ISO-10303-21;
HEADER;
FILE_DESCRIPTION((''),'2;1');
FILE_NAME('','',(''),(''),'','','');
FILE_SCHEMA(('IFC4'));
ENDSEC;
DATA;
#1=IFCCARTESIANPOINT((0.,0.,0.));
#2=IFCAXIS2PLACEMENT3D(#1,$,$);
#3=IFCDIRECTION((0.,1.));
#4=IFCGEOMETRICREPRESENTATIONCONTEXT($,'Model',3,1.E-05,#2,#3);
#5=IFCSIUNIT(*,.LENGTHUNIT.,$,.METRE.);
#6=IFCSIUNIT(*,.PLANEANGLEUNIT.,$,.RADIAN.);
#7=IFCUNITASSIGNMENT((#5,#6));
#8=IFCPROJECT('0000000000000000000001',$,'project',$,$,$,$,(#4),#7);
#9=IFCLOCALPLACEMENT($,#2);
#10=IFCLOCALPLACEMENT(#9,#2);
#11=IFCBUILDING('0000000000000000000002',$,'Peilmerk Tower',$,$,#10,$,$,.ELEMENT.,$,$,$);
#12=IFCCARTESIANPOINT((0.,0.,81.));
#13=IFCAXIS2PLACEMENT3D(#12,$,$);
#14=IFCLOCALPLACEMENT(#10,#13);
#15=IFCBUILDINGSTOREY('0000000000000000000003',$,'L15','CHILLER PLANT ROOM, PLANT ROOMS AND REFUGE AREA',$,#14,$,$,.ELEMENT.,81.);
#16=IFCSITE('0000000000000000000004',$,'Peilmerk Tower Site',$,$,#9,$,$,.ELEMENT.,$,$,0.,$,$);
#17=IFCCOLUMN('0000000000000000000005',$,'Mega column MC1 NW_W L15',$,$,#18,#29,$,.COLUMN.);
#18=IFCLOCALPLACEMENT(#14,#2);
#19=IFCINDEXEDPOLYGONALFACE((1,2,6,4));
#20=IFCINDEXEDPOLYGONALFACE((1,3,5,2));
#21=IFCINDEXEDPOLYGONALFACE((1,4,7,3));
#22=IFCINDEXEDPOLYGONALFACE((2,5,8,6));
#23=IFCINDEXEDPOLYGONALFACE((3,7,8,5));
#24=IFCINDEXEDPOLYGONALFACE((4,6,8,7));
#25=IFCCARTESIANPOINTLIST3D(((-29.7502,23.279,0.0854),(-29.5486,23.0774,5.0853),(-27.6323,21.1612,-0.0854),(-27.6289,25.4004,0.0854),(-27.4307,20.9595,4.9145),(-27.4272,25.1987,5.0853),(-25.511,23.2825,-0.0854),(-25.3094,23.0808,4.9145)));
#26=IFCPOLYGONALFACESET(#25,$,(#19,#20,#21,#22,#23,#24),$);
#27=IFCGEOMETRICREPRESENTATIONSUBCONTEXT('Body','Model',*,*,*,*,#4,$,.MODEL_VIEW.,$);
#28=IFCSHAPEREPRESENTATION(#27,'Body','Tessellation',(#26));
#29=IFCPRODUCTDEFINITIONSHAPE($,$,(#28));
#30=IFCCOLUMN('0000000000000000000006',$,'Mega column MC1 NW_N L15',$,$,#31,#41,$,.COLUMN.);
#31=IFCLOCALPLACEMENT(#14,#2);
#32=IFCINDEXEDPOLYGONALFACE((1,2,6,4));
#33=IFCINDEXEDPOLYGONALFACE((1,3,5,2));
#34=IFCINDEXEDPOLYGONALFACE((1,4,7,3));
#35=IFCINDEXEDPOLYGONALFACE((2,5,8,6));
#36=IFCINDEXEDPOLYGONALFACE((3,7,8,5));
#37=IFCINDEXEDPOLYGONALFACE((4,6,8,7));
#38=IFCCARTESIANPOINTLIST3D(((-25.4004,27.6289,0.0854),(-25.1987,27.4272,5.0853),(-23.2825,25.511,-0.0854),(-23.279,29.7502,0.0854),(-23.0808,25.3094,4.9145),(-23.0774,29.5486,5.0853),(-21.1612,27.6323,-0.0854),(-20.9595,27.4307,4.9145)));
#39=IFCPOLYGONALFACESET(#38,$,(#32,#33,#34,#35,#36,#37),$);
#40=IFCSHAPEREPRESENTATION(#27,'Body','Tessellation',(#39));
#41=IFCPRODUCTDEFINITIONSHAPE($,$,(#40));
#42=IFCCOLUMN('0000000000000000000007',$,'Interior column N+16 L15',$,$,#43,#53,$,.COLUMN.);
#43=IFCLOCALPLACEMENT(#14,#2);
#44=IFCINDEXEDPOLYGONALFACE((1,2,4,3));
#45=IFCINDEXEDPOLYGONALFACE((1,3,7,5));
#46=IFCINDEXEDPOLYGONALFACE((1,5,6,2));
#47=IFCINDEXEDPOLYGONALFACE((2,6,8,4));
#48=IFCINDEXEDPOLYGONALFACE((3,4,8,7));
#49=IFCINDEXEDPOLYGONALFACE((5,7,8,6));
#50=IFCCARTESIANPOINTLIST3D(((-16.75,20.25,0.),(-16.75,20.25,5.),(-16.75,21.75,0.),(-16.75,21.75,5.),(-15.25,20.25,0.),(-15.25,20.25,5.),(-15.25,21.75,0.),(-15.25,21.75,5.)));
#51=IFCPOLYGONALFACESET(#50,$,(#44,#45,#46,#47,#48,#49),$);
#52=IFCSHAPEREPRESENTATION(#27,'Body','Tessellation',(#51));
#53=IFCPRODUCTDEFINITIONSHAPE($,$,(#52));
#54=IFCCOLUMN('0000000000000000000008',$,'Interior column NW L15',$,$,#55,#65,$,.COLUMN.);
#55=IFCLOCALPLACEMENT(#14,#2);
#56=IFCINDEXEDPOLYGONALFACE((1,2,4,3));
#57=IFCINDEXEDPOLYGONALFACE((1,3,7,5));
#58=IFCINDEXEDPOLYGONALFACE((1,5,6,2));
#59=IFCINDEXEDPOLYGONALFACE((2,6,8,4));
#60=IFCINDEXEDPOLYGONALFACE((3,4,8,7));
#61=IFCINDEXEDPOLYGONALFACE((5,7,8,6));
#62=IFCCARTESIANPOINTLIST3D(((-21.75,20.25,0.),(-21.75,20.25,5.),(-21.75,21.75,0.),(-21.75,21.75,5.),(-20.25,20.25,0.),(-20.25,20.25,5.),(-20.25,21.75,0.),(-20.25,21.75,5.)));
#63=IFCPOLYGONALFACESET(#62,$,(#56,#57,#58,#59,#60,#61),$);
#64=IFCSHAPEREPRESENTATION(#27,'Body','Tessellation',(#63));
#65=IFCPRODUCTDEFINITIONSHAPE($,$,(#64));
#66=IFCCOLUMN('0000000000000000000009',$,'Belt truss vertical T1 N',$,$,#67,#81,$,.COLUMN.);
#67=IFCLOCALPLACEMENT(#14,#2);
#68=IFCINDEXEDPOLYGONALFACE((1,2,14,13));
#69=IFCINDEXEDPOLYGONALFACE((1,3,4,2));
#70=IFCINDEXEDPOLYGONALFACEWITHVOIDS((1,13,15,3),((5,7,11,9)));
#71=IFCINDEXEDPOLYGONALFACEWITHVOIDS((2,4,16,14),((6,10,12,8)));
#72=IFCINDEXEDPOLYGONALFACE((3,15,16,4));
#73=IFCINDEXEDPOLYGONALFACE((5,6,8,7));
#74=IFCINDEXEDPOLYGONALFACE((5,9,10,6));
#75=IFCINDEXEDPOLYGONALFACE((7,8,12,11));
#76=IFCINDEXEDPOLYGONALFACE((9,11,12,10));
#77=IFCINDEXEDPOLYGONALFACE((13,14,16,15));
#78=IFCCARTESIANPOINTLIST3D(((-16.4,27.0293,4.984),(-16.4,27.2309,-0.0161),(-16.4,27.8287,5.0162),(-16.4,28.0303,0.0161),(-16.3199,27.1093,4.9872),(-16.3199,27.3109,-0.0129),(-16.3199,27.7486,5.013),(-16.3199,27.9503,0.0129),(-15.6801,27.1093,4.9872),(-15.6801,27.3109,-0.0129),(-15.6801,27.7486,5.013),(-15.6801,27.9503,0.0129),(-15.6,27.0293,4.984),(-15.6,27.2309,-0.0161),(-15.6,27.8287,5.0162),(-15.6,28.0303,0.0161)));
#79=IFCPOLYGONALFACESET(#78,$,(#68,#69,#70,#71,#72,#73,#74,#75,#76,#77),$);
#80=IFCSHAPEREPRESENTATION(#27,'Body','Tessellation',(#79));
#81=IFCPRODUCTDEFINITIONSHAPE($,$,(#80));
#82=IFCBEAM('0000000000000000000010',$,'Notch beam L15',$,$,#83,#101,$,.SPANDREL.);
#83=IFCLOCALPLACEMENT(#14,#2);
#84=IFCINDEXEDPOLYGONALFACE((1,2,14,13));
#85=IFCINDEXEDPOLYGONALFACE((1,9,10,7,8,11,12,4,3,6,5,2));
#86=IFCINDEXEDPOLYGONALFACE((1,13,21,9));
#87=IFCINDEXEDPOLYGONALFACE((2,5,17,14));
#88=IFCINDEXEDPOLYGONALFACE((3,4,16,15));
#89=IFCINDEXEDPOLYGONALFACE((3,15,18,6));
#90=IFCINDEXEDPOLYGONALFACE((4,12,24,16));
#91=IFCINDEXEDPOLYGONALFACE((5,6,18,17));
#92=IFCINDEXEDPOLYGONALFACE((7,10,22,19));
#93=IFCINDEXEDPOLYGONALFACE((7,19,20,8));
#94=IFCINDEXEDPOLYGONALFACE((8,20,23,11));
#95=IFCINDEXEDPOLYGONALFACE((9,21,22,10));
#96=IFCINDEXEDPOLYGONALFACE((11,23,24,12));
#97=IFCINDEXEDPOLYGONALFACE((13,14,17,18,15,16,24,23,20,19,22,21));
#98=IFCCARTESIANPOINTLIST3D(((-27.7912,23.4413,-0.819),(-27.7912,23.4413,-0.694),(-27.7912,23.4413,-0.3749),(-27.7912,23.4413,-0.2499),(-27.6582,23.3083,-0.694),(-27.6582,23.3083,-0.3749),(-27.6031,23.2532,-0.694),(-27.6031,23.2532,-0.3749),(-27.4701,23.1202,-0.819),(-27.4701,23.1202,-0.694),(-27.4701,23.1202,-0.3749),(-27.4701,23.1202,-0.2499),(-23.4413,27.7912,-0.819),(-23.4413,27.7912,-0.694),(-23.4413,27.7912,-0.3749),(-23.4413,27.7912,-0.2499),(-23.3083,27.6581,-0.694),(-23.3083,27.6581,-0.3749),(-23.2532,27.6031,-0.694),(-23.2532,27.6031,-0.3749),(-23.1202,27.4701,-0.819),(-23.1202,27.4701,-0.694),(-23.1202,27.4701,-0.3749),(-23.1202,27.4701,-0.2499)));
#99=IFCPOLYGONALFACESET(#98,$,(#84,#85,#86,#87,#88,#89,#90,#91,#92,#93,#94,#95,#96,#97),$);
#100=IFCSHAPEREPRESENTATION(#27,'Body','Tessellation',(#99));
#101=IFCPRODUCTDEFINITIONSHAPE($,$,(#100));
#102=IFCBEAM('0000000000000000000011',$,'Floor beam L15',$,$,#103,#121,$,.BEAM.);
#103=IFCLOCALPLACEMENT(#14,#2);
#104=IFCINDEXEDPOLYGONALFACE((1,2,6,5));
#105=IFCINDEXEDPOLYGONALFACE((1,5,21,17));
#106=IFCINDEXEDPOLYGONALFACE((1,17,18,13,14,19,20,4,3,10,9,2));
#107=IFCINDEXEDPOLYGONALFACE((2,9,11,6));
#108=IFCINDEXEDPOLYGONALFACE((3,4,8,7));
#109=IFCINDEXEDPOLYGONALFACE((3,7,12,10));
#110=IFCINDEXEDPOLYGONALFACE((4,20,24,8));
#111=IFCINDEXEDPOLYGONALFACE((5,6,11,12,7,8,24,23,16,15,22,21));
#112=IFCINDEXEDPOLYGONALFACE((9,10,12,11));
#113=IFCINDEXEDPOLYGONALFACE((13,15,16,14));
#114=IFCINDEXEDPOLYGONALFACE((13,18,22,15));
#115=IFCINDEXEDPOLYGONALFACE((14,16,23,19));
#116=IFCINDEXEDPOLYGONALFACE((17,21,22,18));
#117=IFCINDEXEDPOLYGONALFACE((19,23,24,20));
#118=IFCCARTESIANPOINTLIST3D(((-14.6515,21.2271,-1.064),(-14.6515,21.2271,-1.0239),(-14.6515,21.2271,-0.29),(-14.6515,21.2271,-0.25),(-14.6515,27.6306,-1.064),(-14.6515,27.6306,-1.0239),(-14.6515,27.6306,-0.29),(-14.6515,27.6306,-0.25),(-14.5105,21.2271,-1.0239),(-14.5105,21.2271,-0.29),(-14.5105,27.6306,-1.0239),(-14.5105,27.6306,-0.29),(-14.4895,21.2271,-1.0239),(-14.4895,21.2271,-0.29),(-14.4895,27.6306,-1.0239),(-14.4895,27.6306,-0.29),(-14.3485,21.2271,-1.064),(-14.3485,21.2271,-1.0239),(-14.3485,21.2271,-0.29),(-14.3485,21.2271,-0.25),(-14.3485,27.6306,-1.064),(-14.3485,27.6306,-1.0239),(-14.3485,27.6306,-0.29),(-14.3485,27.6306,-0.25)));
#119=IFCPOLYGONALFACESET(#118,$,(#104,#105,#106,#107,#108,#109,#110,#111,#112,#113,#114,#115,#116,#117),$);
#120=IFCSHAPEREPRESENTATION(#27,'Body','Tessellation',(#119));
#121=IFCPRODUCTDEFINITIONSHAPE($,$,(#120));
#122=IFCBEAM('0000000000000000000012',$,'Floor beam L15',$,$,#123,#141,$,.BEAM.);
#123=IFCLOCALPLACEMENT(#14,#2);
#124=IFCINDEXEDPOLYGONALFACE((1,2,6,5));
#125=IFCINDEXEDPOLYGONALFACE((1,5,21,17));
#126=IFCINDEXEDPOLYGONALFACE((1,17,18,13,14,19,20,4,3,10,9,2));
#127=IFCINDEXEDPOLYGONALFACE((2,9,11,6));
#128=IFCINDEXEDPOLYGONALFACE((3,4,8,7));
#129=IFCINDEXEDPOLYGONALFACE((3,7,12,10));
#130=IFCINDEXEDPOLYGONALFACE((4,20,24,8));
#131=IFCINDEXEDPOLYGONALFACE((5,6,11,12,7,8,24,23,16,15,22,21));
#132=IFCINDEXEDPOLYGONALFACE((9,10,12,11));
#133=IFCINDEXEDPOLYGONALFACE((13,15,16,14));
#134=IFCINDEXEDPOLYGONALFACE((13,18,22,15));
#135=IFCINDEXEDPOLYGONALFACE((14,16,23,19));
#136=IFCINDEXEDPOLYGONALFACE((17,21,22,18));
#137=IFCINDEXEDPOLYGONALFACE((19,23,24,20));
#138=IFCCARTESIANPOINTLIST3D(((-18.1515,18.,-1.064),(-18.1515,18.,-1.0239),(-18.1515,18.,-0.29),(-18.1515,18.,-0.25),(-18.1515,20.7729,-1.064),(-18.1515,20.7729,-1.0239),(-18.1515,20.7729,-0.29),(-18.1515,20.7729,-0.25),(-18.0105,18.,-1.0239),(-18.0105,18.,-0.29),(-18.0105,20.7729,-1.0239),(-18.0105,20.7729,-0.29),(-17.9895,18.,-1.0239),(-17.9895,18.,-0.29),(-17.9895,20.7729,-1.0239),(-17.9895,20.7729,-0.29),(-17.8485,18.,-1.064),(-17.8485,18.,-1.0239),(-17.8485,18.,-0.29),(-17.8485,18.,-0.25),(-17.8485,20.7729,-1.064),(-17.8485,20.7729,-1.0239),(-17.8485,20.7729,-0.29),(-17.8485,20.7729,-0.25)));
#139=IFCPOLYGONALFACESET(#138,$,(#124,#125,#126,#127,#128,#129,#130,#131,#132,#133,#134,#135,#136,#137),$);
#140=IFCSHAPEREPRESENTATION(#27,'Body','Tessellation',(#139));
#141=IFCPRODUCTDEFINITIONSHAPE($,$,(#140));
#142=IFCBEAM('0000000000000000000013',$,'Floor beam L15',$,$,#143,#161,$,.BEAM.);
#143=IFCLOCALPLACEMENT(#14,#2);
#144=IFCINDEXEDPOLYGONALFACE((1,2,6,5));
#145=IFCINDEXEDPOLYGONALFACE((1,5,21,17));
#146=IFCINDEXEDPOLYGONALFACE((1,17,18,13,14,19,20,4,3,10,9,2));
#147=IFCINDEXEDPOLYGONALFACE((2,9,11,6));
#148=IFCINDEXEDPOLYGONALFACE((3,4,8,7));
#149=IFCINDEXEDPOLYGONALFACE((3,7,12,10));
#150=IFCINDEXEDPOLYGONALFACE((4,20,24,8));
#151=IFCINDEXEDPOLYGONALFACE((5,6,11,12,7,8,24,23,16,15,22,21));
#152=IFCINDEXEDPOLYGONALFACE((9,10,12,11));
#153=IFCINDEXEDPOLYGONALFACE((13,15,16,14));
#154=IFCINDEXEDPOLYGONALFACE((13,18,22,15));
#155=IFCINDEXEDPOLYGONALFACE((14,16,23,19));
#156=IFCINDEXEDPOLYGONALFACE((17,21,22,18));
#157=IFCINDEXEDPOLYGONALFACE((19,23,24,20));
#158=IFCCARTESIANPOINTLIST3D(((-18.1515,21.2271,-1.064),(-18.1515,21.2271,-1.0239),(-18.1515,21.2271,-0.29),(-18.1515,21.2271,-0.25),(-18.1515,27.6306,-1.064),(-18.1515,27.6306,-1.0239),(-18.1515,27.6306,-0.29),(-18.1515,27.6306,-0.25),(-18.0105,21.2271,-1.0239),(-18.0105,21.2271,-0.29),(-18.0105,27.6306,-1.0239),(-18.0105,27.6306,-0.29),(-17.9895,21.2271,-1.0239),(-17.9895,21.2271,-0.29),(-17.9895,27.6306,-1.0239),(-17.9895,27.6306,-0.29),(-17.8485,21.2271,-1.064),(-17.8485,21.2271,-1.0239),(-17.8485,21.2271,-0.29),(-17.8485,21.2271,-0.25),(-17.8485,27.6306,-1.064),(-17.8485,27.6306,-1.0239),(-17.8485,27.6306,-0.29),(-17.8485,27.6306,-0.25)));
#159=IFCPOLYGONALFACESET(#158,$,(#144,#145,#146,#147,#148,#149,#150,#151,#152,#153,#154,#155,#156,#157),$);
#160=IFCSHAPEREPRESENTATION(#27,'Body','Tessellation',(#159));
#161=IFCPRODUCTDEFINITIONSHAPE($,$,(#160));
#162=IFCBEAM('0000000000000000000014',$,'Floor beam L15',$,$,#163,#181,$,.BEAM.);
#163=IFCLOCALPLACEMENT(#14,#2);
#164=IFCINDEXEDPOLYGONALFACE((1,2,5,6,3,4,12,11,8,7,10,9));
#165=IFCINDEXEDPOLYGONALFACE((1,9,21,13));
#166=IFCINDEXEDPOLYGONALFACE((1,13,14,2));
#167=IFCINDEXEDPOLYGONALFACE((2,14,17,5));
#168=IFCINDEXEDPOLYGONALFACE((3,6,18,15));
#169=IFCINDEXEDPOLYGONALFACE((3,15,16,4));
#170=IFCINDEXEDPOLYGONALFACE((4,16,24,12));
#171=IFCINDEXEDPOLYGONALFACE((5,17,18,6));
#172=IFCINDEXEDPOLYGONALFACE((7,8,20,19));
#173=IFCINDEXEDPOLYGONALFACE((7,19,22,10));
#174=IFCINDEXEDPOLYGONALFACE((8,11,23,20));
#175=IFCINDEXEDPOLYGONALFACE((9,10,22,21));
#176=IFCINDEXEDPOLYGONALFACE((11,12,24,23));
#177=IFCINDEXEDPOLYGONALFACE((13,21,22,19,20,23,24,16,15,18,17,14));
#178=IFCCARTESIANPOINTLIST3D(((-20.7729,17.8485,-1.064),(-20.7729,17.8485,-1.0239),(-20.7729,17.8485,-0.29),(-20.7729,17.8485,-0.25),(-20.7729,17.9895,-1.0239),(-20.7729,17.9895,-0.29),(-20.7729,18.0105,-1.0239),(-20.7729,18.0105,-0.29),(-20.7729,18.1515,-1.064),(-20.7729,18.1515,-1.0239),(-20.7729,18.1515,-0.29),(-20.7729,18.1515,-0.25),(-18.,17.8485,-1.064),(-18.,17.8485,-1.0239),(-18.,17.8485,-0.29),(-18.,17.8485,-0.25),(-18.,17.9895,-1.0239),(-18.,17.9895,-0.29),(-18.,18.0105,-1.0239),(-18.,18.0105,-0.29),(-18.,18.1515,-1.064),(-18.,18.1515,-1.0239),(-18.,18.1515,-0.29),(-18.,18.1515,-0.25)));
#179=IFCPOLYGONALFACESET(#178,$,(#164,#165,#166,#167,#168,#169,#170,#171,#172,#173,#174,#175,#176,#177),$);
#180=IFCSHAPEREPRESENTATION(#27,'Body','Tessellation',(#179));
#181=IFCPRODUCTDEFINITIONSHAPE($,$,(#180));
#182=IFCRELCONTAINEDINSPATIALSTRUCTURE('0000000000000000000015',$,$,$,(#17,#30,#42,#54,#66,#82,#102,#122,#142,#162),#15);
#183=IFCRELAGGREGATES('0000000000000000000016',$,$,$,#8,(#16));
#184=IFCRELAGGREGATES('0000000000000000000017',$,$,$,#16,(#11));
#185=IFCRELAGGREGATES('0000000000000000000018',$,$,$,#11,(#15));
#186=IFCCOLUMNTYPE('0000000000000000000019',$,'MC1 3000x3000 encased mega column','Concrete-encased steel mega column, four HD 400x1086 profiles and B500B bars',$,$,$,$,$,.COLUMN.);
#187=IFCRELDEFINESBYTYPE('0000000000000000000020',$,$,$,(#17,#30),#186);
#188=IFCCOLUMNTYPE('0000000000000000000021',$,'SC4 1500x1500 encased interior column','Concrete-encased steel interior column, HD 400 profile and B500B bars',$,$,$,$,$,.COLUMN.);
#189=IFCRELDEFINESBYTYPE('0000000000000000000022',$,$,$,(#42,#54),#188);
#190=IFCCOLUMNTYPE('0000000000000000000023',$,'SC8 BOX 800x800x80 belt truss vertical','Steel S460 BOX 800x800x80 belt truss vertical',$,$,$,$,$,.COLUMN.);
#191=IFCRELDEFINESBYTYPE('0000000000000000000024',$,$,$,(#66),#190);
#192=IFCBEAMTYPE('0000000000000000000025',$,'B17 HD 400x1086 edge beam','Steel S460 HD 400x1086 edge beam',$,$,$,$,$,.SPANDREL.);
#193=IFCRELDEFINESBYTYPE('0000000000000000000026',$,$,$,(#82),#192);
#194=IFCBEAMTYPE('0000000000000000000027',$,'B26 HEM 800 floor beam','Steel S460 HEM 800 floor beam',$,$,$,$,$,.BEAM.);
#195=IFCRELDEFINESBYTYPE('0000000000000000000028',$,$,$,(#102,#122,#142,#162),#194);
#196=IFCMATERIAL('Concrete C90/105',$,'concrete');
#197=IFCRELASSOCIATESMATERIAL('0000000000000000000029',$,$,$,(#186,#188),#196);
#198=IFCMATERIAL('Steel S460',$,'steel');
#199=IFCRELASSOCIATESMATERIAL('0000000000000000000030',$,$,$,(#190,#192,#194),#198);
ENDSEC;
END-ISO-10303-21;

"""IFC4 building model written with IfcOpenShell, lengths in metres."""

from ifc_helpers import new_model, si_unit, direction, frame, origin, origin_2d, place, context, subcontext, project, spatial, rectangle, hollow_rectangle, i_section, extrude, material, material_profile, profile_set, type_object, element, save


model = new_model("IFC4")

# Units and contexts
model_context = context("Model", 3, precision=1e-05, world=origin(), true_north=direction((0.0, 1.0)))
body_context = subcontext(model_context, "Body", "Model", "MODEL_VIEW")
ifc_project = project(units=[si_unit("LENGTHUNIT", "METRE"), si_unit("PLANEANGLEUNIT", "RADIAN")], contexts=[model_context])

# Site, building, storey
site_placement = place(None, origin())
site = spatial("IfcSite", under=ifc_project, at=site_placement, Name="Peilmerk Tower Site", CompositionType="ELEMENT", RefElevation=0.0)
building_placement = place(site_placement, origin())
building = spatial("IfcBuilding", under=site, at=building_placement, Name="Peilmerk Tower", CompositionType="ELEMENT")
storey_placement = place(building_placement, frame((0.0, 0.0, 81.0)))
storey = spatial("IfcBuildingStorey", under=building, at=storey_placement, Name="L15", Description="CHILLER PLANT ROOM, PLANT ROOMS AND REFUGE AREA", CompositionType="ELEMENT", Elevation=81.0)

# Columns
ifc_material_1 = material(Name="Concrete C90/105", Category="concrete")
ifc_material_profile_1 = material_profile(ifc_material_1, rectangle(XDim=3.0, YDim=3.0, at=origin_2d()), Name="RC 3000x3000")
ifc_profile_set_1 = profile_set([ifc_material_profile_1], Name="Concrete C90/105")
column_type_1 = type_object("IfcColumnType", Name="MC1 3000x3000 encased mega column", Description="Concrete-encased steel mega column, four HD 400x1086 profiles and B500B bars", PredefinedType="COLUMN", material=ifc_profile_set_1)
for number, where, z_axis, x_axis, name in (
    (1, (-27.6306, 23.2808, 0.0), (0.040267, -0.040267, 0.998377), (0.707107, 0.707107, 0.0), "Mega column MC1 NW_W L15"),
    (2, (-23.2808, 27.6306, 0.0), (0.040267, -0.040267, 0.998377), (0.707107, 0.707107, 0.0), "Mega column MC1 NW_N L15"),
):
    element("IfcColumn", number, at=place(storey_placement, frame(where, z_axis=z_axis, x_axis=x_axis)), inside=storey, type_object=column_type_1, Name=name, PredefinedType="COLUMN", context=body_context, shape_type="SweptSolid", body=[
        extrude(rectangle(XDim=3.0, YDim=3.0, at=origin_2d()), origin(), (0.0, 0.0, 1.0), 5.0081),
    ])
ifc_material_profile_2 = material_profile(ifc_material_1, rectangle(XDim=1.5, YDim=1.5, at=origin_2d()), Name="RC 1500x1500")
ifc_profile_set_2 = profile_set([ifc_material_profile_2], Name="Concrete C90/105")
column_type_2 = type_object("IfcColumnType", Name="SC4 1500x1500 encased interior column", Description="Concrete-encased steel interior column, HD 400 profile and B500B bars", PredefinedType="COLUMN", material=ifc_profile_set_2)
for number, where, z_axis, x_axis, name in (
    (3, (-16.0, 21.0, 0.0), (0.0, 0.0, 1.0), (1.0, 0.0, 0.0), "Interior column N+16 L15"),
    (4, (-21.0, 21.0, 0.0), (0.0, 0.0, 1.0), (1.0, 0.0, 0.0), "Interior column NW L15"),
):
    element("IfcColumn", number, at=place(storey_placement, frame(where, z_axis=z_axis, x_axis=x_axis)), inside=storey, type_object=column_type_2, Name=name, PredefinedType="COLUMN", context=body_context, shape_type="SweptSolid", body=[
        extrude(rectangle(XDim=1.5, YDim=1.5, at=origin_2d()), origin(), (0.0, 0.0, 1.0), 5.0),
    ])
ifc_material_2 = material(Name="Steel S460", Category="steel")
ifc_material_profile_3 = material_profile(ifc_material_2, hollow_rectangle(XDim=0.8, YDim=0.8, WallThickness=0.0801, at=origin_2d()), Name="BOX 800x800x80")
ifc_profile_set_3 = profile_set([ifc_material_profile_3], Name="Steel S460")
column_type_3 = type_object("IfcColumnType", Name="SC8 BOX 800x800x80 belt truss vertical", Description="Steel S460 BOX 800x800x80 belt truss vertical", PredefinedType="COLUMN", material=ifc_profile_set_3)
column_placement = place(storey_placement, frame((-16.0, 27.6306, 0.0), z_axis=(0.0, -0.040299, 0.999188), x_axis=(1.0, 0.0, 0.0)))
element("IfcColumn", 5, at=column_placement, inside=storey, type_object=column_type_3, Name="Belt truss vertical T1 N", PredefinedType="COLUMN", context=body_context, shape_type="SweptSolid", body=[
    extrude(hollow_rectangle(XDim=0.8, YDim=0.8, WallThickness=0.0801, at=origin_2d()), origin(), (0.0, 0.0, 1.0), 5.0042),
])

# Beams
ifc_material_profile_4 = material_profile(ifc_material_2, i_section(OverallWidth=0.4541, OverallDepth=0.5691, WebThickness=0.0779, FlangeThickness=0.125, at=origin_2d()), Name="HD 400x1086")
ifc_profile_set_4 = profile_set([ifc_material_profile_4], Name="Steel S460")
beam_type_1 = type_object("IfcBeamType", Name="B17 HD 400x1086 edge beam", Description="Steel S460 HD 400x1086 edge beam", PredefinedType="SPANDREL", material=ifc_profile_set_4)
beam_1_placement = place(storey_placement, frame((-27.6306, 23.2808, -0.5344), z_axis=(0.707107, 0.707107, 0.0), x_axis=(-0.707107, 0.707107, 0.0)))
element("IfcBeam", 6, at=beam_1_placement, inside=storey, type_object=beam_type_1, Name="Notch beam L15", PredefinedType="SPANDREL", context=body_context, shape_type="SweptSolid", body=[
    extrude(i_section(OverallWidth=0.4541, OverallDepth=0.5691, WebThickness=0.0779, FlangeThickness=0.125, at=origin_2d()), origin(), (0.0, 0.0, 1.0), 6.1516),
])
ifc_material_profile_5 = material_profile(ifc_material_2, i_section(OverallWidth=0.303, OverallDepth=0.814, WebThickness=0.021, FlangeThickness=0.04, at=origin_2d()), Name="HEM 800")
ifc_profile_set_5 = profile_set([ifc_material_profile_5], Name="Steel S460")
beam_type_2 = type_object("IfcBeamType", Name="B26 HEM 800 floor beam", Description="Steel S460 HEM 800 floor beam", PredefinedType="BEAM", material=ifc_profile_set_5)
beam_2_placement = place(storey_placement, frame((-14.5, 21.2271, -0.657), z_axis=(0.0, 1.0, 0.0), x_axis=(-1.0, 0.0, 0.0)))
element("IfcBeam", 7, at=beam_2_placement, inside=storey, type_object=beam_type_2, Name="Floor beam L15", PredefinedType="BEAM", context=body_context, shape_type="SweptSolid", body=[
    extrude(i_section(OverallWidth=0.303, OverallDepth=0.814, WebThickness=0.021, FlangeThickness=0.04, at=origin_2d()), origin(), (0.0, 0.0, 1.0), 6.4036),
])
beam_3_placement = place(storey_placement, frame((-18.0, 18.0, -0.657), z_axis=(0.0, 1.0, 0.0), x_axis=(-1.0, 0.0, 0.0)))
element("IfcBeam", 8, at=beam_3_placement, inside=storey, type_object=beam_type_2, Name="Floor beam L15", PredefinedType="BEAM", context=body_context, shape_type="SweptSolid", body=[
    extrude(i_section(OverallWidth=0.303, OverallDepth=0.814, WebThickness=0.021, FlangeThickness=0.04, at=origin_2d()), origin(), (0.0, 0.0, 1.0), 2.7729),
])
beam_4_placement = place(storey_placement, frame((-18.0, 21.2271, -0.657), z_axis=(0.0, 1.0, 0.0), x_axis=(-1.0, 0.0, 0.0)))
element("IfcBeam", 9, at=beam_4_placement, inside=storey, type_object=beam_type_2, Name="Floor beam L15", PredefinedType="BEAM", context=body_context, shape_type="SweptSolid", body=[
    extrude(i_section(OverallWidth=0.303, OverallDepth=0.814, WebThickness=0.021, FlangeThickness=0.04, at=origin_2d()), origin(), (0.0, 0.0, 1.0), 6.4036),
])
beam_5_placement = place(storey_placement, frame((-18.0, 18.0, -0.657), z_axis=(-1.0, 0.0, 0.0), x_axis=(0.0, -1.0, 0.0)))
element("IfcBeam", 10, at=beam_5_placement, inside=storey, type_object=beam_type_2, Name="Floor beam L15", PredefinedType="BEAM", context=body_context, shape_type="SweptSolid", body=[
    extrude(i_section(OverallWidth=0.303, OverallDepth=0.814, WebThickness=0.021, FlangeThickness=0.04, at=origin_2d()), origin(), (0.0, 0.0, 1.0), 2.7729),
])

save(model, "model.ifc")
